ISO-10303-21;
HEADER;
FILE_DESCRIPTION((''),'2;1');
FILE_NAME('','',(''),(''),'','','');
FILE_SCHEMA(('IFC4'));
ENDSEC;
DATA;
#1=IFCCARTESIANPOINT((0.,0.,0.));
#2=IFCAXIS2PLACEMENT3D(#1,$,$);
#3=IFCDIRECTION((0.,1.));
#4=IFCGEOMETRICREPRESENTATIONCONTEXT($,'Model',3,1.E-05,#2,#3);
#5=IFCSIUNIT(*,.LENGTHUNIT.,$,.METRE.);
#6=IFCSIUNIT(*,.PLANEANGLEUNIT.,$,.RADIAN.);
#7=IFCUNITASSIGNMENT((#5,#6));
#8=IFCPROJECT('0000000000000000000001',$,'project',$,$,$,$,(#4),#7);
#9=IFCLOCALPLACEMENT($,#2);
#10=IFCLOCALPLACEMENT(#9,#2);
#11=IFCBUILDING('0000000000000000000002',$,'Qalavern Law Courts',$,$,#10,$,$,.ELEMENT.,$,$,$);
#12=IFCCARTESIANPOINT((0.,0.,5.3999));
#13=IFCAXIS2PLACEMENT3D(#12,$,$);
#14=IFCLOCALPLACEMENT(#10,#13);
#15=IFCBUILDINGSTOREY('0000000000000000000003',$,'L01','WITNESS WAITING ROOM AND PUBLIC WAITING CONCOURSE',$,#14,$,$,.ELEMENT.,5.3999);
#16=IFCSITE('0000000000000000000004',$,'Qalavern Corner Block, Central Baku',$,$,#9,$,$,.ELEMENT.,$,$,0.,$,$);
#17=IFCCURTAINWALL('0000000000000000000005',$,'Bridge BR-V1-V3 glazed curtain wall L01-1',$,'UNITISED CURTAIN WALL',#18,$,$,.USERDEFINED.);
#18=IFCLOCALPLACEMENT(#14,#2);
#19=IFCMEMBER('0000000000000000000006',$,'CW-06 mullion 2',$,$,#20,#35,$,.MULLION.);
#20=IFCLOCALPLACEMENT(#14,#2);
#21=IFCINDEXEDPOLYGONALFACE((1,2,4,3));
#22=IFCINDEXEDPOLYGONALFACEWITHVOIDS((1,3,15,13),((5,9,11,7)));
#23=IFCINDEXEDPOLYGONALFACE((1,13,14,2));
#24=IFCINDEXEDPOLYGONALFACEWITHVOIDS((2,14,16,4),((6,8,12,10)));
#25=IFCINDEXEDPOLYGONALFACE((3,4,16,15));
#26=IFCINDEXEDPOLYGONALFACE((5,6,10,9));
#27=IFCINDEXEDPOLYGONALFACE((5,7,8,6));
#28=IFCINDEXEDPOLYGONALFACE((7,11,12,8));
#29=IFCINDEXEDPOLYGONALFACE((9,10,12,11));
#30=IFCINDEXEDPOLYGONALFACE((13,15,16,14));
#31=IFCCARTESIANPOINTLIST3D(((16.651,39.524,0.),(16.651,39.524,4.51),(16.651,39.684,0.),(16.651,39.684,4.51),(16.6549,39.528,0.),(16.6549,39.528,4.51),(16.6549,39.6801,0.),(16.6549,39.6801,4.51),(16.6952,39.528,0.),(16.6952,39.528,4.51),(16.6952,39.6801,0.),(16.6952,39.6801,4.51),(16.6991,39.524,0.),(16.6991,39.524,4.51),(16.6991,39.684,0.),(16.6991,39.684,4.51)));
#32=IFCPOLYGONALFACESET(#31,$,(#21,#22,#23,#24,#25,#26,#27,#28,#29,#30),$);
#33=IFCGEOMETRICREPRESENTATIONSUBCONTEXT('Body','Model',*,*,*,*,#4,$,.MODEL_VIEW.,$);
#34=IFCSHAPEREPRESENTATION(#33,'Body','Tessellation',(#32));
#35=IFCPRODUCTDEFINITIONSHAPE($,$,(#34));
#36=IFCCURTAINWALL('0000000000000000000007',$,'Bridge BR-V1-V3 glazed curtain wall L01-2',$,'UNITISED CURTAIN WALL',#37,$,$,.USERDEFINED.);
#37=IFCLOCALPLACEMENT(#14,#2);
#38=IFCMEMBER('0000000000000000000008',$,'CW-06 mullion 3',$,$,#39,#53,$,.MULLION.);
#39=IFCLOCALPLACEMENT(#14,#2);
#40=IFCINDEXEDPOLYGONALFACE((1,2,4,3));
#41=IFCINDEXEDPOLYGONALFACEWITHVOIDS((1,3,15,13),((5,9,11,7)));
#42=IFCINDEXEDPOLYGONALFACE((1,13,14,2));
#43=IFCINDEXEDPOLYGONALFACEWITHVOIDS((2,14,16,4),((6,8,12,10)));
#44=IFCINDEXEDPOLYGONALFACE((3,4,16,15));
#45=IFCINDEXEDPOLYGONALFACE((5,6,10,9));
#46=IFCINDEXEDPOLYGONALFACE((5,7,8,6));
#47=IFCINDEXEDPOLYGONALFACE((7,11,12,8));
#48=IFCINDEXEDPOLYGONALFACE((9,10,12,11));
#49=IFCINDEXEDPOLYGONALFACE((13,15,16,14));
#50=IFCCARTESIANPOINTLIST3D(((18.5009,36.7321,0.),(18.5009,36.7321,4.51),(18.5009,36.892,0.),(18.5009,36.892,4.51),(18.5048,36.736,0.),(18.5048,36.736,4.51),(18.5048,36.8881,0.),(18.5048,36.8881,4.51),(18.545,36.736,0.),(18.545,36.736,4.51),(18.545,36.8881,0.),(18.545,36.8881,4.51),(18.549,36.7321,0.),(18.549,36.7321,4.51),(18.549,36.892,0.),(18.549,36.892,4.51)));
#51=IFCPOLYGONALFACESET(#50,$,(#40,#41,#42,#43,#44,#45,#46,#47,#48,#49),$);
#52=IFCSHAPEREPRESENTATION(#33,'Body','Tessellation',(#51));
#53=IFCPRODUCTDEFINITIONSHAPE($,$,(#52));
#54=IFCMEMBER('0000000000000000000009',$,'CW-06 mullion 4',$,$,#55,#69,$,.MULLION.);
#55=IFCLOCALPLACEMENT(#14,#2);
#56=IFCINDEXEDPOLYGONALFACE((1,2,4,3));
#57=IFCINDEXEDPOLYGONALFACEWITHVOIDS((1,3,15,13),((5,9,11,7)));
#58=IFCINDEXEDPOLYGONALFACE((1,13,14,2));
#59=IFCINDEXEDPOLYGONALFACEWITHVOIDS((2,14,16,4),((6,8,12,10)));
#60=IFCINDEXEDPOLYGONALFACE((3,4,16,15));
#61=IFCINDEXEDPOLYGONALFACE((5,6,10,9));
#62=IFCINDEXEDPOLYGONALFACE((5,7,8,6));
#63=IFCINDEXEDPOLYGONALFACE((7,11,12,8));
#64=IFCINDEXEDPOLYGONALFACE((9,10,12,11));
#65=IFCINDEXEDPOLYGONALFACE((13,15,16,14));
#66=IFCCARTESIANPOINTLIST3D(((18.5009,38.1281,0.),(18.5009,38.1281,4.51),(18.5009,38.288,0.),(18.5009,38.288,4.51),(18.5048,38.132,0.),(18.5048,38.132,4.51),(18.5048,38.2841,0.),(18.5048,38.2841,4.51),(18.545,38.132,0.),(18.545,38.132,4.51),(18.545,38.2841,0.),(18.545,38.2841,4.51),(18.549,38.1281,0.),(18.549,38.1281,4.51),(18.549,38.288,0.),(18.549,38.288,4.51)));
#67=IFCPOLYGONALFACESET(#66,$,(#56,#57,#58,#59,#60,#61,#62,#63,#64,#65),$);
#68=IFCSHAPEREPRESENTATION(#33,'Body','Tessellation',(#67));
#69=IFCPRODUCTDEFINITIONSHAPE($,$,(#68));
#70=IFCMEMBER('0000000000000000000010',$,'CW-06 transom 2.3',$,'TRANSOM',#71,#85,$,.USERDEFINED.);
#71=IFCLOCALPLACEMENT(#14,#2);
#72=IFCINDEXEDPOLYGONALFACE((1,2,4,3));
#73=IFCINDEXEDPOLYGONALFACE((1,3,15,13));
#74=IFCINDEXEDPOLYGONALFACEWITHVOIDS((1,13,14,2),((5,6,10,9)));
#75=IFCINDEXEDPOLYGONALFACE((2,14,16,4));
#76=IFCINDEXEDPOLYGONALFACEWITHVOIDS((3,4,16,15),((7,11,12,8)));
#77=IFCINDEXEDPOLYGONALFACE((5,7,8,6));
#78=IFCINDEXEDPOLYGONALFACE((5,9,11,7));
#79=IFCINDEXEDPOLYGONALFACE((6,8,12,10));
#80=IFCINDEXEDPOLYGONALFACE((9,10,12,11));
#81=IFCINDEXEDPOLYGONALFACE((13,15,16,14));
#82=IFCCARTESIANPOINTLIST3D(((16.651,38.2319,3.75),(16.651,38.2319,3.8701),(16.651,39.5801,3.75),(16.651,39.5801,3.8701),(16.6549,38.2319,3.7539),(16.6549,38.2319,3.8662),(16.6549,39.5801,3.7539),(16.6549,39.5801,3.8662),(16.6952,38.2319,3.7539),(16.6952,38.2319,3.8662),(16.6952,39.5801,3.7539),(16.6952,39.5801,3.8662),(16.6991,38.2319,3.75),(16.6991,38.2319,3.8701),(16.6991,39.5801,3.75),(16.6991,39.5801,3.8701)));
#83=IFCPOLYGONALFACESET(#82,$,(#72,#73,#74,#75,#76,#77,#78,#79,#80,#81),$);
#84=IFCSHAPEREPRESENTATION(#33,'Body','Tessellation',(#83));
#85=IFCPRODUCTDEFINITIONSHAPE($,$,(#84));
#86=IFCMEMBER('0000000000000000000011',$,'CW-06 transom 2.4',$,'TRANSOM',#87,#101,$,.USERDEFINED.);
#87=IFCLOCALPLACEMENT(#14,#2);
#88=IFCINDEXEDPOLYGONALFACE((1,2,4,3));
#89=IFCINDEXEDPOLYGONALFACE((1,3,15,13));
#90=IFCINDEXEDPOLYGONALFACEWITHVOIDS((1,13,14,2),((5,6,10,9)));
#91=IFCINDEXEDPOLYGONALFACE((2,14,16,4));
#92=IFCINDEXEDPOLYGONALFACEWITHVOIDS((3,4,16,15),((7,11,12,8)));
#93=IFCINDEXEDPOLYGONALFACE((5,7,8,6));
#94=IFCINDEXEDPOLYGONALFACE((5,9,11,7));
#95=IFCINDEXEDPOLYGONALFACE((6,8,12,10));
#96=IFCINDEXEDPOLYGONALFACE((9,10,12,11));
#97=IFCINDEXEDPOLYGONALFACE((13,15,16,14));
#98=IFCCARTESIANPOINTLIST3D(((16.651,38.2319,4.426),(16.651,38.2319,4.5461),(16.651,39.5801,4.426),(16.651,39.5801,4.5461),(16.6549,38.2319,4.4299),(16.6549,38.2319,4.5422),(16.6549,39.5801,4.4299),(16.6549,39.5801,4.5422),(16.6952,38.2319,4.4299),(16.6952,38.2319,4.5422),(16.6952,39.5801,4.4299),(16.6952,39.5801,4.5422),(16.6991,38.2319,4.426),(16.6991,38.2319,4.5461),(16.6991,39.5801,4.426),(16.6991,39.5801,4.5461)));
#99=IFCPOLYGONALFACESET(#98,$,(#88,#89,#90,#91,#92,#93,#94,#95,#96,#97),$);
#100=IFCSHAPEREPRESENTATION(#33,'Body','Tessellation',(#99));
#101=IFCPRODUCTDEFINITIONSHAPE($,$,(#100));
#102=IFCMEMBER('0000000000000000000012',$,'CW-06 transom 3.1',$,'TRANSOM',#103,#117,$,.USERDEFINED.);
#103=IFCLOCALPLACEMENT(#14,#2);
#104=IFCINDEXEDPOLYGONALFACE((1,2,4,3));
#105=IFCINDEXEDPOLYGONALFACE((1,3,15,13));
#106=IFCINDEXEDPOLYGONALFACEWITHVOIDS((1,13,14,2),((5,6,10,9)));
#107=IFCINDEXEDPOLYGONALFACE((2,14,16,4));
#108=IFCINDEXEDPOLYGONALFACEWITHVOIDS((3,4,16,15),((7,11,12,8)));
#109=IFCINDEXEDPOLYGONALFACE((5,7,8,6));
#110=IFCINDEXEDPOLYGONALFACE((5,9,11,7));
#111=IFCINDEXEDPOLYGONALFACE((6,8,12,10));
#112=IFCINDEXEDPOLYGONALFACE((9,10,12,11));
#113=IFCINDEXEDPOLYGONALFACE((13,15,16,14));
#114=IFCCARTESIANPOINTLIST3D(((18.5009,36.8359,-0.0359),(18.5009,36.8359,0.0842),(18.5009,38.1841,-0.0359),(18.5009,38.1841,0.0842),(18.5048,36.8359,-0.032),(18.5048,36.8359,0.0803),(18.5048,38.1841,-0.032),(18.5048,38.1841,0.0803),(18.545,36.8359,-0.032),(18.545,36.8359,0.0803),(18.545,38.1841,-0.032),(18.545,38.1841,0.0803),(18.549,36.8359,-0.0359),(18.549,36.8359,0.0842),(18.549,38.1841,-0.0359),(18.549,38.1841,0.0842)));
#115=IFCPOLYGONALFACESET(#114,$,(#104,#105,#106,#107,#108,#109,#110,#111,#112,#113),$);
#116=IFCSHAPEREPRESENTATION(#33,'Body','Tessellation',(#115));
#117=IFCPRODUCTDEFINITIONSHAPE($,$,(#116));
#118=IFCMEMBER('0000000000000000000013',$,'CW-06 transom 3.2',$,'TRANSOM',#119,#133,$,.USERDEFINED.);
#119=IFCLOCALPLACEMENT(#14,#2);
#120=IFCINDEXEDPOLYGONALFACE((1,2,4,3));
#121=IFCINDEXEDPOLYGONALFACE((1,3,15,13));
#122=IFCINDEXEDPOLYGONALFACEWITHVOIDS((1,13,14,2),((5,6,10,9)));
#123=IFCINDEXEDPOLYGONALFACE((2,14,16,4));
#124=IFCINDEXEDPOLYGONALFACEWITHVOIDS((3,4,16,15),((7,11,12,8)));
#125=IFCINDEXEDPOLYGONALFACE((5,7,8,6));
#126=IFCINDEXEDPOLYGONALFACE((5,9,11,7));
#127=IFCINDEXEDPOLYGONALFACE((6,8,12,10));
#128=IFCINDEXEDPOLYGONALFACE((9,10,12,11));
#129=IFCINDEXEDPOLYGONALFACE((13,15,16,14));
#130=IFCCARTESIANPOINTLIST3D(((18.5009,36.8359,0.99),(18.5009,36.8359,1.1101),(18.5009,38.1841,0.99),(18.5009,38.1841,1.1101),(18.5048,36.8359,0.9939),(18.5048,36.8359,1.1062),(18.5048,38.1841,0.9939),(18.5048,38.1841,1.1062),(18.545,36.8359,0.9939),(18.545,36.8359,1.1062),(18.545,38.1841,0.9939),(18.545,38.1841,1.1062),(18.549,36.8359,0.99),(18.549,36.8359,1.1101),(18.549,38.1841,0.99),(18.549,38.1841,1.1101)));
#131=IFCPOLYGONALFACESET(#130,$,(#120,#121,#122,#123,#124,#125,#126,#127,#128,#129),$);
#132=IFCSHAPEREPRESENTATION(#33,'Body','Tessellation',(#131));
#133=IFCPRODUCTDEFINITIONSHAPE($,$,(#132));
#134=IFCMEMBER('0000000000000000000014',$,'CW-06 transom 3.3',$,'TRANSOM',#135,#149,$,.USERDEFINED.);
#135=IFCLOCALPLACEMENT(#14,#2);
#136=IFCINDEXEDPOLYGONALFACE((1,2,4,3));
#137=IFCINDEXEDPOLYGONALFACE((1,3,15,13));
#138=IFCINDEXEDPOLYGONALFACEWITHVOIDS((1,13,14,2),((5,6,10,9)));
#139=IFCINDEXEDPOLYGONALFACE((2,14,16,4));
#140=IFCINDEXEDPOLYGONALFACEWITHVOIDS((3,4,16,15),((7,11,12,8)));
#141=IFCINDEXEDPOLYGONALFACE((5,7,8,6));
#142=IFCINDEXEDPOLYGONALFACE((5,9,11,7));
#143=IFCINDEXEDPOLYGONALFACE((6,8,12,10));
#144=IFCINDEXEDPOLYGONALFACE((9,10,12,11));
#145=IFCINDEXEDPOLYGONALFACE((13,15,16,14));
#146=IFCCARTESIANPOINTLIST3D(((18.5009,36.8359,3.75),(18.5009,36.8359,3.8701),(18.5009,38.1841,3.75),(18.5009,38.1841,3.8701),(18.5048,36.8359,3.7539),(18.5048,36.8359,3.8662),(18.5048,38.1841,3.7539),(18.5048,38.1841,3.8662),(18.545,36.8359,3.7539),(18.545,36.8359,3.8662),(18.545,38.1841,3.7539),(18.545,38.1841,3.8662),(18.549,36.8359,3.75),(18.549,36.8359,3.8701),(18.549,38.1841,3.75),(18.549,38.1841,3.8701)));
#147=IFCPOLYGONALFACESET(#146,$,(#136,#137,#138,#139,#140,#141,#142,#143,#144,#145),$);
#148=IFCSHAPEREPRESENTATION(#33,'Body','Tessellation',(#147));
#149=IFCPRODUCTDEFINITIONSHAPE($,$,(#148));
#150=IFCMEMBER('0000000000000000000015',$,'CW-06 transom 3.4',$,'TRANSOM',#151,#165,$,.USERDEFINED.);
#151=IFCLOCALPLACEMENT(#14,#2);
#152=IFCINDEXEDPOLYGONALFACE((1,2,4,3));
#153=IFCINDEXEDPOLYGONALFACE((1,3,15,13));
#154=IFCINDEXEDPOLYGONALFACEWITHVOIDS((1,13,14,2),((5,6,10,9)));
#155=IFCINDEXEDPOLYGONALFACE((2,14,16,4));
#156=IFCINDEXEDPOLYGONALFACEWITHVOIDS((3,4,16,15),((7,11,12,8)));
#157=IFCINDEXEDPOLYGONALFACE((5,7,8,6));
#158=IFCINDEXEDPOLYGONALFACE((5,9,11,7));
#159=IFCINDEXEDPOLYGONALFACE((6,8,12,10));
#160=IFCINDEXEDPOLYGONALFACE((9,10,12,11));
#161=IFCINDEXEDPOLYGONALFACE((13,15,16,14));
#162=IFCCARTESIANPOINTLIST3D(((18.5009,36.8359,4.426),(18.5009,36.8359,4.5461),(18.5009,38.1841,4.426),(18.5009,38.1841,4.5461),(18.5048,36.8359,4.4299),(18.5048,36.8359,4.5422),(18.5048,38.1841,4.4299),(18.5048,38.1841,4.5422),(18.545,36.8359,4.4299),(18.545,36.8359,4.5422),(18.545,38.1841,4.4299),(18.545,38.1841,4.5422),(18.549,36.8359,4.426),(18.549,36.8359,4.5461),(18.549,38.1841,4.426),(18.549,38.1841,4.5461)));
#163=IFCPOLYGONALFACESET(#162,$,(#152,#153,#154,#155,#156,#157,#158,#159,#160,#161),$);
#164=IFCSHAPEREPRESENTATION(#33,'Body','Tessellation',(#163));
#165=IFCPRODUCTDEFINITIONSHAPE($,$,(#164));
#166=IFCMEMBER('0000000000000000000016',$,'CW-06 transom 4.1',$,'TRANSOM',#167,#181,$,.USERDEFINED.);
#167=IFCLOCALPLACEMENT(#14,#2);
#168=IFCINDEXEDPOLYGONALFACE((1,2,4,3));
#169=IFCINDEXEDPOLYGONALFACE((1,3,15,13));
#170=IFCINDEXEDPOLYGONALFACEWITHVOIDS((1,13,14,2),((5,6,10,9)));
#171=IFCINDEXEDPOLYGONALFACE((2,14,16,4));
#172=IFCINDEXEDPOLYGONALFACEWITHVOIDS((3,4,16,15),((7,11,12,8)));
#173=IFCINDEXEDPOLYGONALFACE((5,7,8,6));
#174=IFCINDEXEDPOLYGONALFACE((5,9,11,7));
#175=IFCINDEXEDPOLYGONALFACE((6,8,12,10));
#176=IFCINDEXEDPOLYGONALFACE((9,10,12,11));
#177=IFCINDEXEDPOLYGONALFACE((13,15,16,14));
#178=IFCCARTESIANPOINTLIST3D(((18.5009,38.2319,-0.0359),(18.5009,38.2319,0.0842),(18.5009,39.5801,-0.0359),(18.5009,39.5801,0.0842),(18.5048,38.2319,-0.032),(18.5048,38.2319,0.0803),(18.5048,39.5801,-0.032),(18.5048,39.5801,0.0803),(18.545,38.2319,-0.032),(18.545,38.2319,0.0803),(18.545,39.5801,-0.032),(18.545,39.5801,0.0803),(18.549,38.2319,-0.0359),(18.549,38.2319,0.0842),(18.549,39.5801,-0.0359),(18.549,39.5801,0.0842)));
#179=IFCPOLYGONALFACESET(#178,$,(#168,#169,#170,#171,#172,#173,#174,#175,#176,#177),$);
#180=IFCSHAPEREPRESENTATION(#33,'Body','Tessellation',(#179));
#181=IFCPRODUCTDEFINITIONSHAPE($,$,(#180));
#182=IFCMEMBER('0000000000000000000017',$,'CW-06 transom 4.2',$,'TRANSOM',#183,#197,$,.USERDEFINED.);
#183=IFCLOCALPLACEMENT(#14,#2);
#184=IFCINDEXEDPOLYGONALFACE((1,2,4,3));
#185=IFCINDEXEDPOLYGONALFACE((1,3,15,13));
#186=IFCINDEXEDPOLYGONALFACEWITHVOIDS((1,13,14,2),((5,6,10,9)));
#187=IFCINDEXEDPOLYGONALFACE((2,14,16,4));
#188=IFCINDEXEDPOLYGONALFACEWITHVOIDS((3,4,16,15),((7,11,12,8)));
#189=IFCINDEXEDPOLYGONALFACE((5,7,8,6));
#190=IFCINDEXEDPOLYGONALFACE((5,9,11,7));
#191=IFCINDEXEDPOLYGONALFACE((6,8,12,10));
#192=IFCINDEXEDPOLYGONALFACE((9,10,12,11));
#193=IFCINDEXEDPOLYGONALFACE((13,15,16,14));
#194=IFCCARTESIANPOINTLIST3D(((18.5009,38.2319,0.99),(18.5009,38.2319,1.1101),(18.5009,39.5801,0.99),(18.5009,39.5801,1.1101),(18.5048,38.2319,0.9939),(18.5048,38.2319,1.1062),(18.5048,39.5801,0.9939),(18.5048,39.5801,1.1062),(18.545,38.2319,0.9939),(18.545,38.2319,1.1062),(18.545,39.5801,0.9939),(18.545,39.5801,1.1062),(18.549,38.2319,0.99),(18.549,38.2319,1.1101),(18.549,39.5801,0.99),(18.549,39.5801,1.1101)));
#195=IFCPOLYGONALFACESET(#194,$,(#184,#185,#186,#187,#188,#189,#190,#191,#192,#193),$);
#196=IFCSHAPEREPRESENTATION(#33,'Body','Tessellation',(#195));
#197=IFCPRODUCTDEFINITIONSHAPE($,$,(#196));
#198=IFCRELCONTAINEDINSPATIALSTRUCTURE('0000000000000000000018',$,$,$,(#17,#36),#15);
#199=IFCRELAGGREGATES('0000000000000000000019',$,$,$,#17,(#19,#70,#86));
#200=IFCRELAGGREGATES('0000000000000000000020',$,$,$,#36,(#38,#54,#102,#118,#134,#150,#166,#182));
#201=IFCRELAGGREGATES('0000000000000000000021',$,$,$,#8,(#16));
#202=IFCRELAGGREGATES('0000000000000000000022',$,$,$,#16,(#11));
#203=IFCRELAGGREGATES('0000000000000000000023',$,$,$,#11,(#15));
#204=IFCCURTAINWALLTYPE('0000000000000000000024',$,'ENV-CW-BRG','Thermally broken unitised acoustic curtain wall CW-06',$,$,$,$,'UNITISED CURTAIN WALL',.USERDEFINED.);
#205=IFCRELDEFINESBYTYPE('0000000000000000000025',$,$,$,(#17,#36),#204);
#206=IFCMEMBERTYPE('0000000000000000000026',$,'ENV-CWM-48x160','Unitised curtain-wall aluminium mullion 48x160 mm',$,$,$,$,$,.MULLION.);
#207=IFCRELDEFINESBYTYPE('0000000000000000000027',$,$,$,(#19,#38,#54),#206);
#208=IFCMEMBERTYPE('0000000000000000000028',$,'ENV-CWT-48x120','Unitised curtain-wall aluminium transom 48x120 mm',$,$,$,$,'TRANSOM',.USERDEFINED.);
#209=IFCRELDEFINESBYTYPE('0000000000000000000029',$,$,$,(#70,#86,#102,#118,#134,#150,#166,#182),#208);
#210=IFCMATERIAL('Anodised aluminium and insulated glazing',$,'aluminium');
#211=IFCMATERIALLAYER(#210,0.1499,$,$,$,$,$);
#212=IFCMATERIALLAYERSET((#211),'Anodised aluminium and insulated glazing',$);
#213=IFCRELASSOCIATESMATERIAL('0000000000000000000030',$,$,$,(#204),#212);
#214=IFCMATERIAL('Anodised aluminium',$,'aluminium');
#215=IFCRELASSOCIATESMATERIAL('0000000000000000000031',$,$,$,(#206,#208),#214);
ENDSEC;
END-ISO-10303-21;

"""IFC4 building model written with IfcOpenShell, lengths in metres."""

from ifc_helpers import new_model, si_unit, direction, frame, origin, origin_2d, place, context, subcontext, project, spatial, hollow_rectangle, extrude, material, layer, layer_set, material_profile, profile_set, type_object, element, aggregate, save


model = new_model("IFC4")

# Units and contexts
model_context = context("Model", 3, precision=1e-05, world=origin(), true_north=direction((0.0, 1.0)))
body_context = subcontext(model_context, "Body", "Model", "MODEL_VIEW")
ifc_project = project(units=[si_unit("LENGTHUNIT", "METRE"), si_unit("PLANEANGLEUNIT", "RADIAN")], contexts=[model_context])

# Site, building, storey
site_placement = place(None, origin())
site = spatial("IfcSite", under=ifc_project, at=site_placement, Name="Qalavern Corner Block, Central Baku", CompositionType="ELEMENT", RefElevation=0.0)
building_placement = place(site_placement, origin())
building = spatial("IfcBuilding", under=site, at=building_placement, Name="Qalavern Law Courts", CompositionType="ELEMENT")
storey_placement = place(building_placement, frame((0.0, 0.0, 5.3999)))
storey = spatial("IfcBuildingStorey", under=building, at=storey_placement, Name="L01", Description="WITNESS WAITING ROOM AND PUBLIC WAITING CONCOURSE", CompositionType="ELEMENT", Elevation=5.3999)

# Curtain wall, member
ifc_material_1 = material(Name="Anodised aluminium and insulated glazing", Category="aluminium")
ifc_layer_1 = layer(ifc_material_1, 0.1499)
ifc_layer_set_1 = layer_set([ifc_layer_1], Name="Anodised aluminium and insulated glazing")
curtain_wall_type = type_object("IfcCurtainWallType", Name="ENV-CW-BRG", Description="Thermally broken unitised acoustic curtain wall CW-06", ElementType="UNITISED CURTAIN WALL", PredefinedType="USERDEFINED", material=ifc_layer_set_1)
curtain_wall_1_placement = place(storey_placement, origin())
curtain_wall_1 = element("IfcCurtainWall", 1, at=curtain_wall_1_placement, inside=storey, type_object=curtain_wall_type, Name="Bridge BR-V1-V3 glazed curtain wall L01-1", ObjectType="UNITISED CURTAIN WALL", PredefinedType="USERDEFINED")
ifc_material_2 = material(Name="Anodised aluminium", Category="aluminium")
ifc_material_profile_1 = material_profile(ifc_material_2, hollow_rectangle(XDim=0.0481, YDim=0.1599, WallThickness=0.0039, at=origin_2d()), Name="ALU MULLION 48x160")
ifc_profile_set_1 = profile_set([ifc_material_profile_1], Name="Anodised aluminium")
member_type_1 = type_object("IfcMemberType", Name="ENV-CWM-48x160", Description="Unitised curtain-wall aluminium mullion 48x160 mm", PredefinedType="MULLION", material=ifc_profile_set_1)
member_1_placement = place(storey_placement, frame((16.675, 39.604, 0.0), z_axis=(0.0, 0.0, 1.0), x_axis=(1.0, 0.0, 0.0)))
member_1 = element("IfcMember", 2, at=member_1_placement, type_object=member_type_1, Name="CW-06 mullion 2", PredefinedType="MULLION", context=body_context, shape_type="SweptSolid", body=[
    extrude(hollow_rectangle(XDim=0.0481, YDim=0.1599, WallThickness=0.0039, at=origin_2d()), origin(), (0.0, 0.0, 1.0), 4.51),
])

# Curtain wall, members
curtain_wall_2_placement = place(storey_placement, origin())
curtain_wall_2 = element("IfcCurtainWall", 3, at=curtain_wall_2_placement, inside=storey, type_object=curtain_wall_type, Name="Bridge BR-V1-V3 glazed curtain wall L01-2", ObjectType="UNITISED CURTAIN WALL", PredefinedType="USERDEFINED")
member_2_placement = place(storey_placement, frame((18.5249, 36.812, 0.0), z_axis=(0.0, 0.0, 1.0), x_axis=(-1.0, 0.0, 0.0)))
member_2 = element("IfcMember", 4, at=member_2_placement, type_object=member_type_1, Name="CW-06 mullion 3", PredefinedType="MULLION", context=body_context, shape_type="SweptSolid", body=[
    extrude(hollow_rectangle(XDim=0.0481, YDim=0.1599, WallThickness=0.0039, at=origin_2d()), origin(), (0.0, 0.0, 1.0), 4.51),
])
member_3_placement = place(storey_placement, frame((18.5249, 38.208, 0.0), z_axis=(0.0, 0.0, 1.0), x_axis=(-1.0, 0.0, 0.0)))
member_3 = element("IfcMember", 5, at=member_3_placement, type_object=member_type_1, Name="CW-06 mullion 4", PredefinedType="MULLION", context=body_context, shape_type="SweptSolid", body=[
    extrude(hollow_rectangle(XDim=0.0481, YDim=0.1599, WallThickness=0.0039, at=origin_2d()), origin(), (0.0, 0.0, 1.0), 4.51),
])

# Members
ifc_material_profile_2 = material_profile(ifc_material_2, hollow_rectangle(XDim=0.0481, YDim=0.1201, WallThickness=0.0039, at=origin_2d()), Name="ALU TRANSOM 48x120")
ifc_profile_set_2 = profile_set([ifc_material_profile_2], Name="Anodised aluminium")
member_type_2 = type_object("IfcMemberType", Name="ENV-CWT-48x120", Description="Unitised curtain-wall aluminium transom 48x120 mm", ElementType="TRANSOM", PredefinedType="USERDEFINED", material=ifc_profile_set_2)
member_4_placement = place(storey_placement, frame((16.675, 39.5801, 3.8101), z_axis=(0.0, -1.0, 0.0), x_axis=(1.0, 0.0, 0.0)))
member_4 = element("IfcMember", 6, at=member_4_placement, type_object=member_type_2, Name="CW-06 transom 2.3", ObjectType="TRANSOM", PredefinedType="USERDEFINED", context=body_context, shape_type="SweptSolid", body=[
    extrude(hollow_rectangle(XDim=0.0481, YDim=0.1201, WallThickness=0.0039, at=origin_2d()), origin(), (0.0, 0.0, 1.0), 1.3481),
])
member_5_placement = place(storey_placement, frame((16.675, 39.5801, 4.4861), z_axis=(0.0, -1.0, 0.0), x_axis=(1.0, 0.0, 0.0)))
member_5 = element("IfcMember", 7, at=member_5_placement, type_object=member_type_2, Name="CW-06 transom 2.4", ObjectType="TRANSOM", PredefinedType="USERDEFINED", context=body_context, shape_type="SweptSolid", body=[
    extrude(hollow_rectangle(XDim=0.0481, YDim=0.1201, WallThickness=0.0039, at=origin_2d()), origin(), (0.0, 0.0, 1.0), 1.3481),
])
member_6_placement = place(storey_placement, frame((18.5249, 36.8359, 0.0242), z_axis=(0.0, 1.0, 0.0), x_axis=(-1.0, 0.0, 0.0)))
member_6 = element("IfcMember", 8, at=member_6_placement, type_object=member_type_2, Name="CW-06 transom 3.1", ObjectType="TRANSOM", PredefinedType="USERDEFINED", context=body_context, shape_type="SweptSolid", body=[
    extrude(hollow_rectangle(XDim=0.0481, YDim=0.1201, WallThickness=0.0039, at=origin_2d()), origin(), (0.0, 0.0, 1.0), 1.3481),
])
member_7_placement = place(storey_placement, frame((18.5249, 36.8359, 1.05), z_axis=(0.0, 1.0, 0.0), x_axis=(-1.0, 0.0, 0.0)))
member_7 = element("IfcMember", 9, at=member_7_placement, type_object=member_type_2, Name="CW-06 transom 3.2", ObjectType="TRANSOM", PredefinedType="USERDEFINED", context=body_context, shape_type="SweptSolid", body=[
    extrude(hollow_rectangle(XDim=0.0481, YDim=0.1201, WallThickness=0.0039, at=origin_2d()), origin(), (0.0, 0.0, 1.0), 1.3481),
])
member_8_placement = place(storey_placement, frame((18.5249, 36.8359, 3.8101), z_axis=(0.0, 1.0, 0.0), x_axis=(-1.0, 0.0, 0.0)))
member_8 = element("IfcMember", 10, at=member_8_placement, type_object=member_type_2, Name="CW-06 transom 3.3", ObjectType="TRANSOM", PredefinedType="USERDEFINED", context=body_context, shape_type="SweptSolid", body=[
    extrude(hollow_rectangle(XDim=0.0481, YDim=0.1201, WallThickness=0.0039, at=origin_2d()), origin(), (0.0, 0.0, 1.0), 1.3481),
])
member_9_placement = place(storey_placement, frame((18.5249, 36.8359, 4.4861), z_axis=(0.0, 1.0, 0.0), x_axis=(-1.0, 0.0, 0.0)))
member_9 = element("IfcMember", 11, at=member_9_placement, type_object=member_type_2, Name="CW-06 transom 3.4", ObjectType="TRANSOM", PredefinedType="USERDEFINED", context=body_context, shape_type="SweptSolid", body=[
    extrude(hollow_rectangle(XDim=0.0481, YDim=0.1201, WallThickness=0.0039, at=origin_2d()), origin(), (0.0, 0.0, 1.0), 1.3481),
])
member_10_placement = place(storey_placement, frame((18.5249, 38.2319, 0.0242), z_axis=(0.0, 1.0, 0.0), x_axis=(-1.0, 0.0, 0.0)))
member_10 = element("IfcMember", 12, at=member_10_placement, type_object=member_type_2, Name="CW-06 transom 4.1", ObjectType="TRANSOM", PredefinedType="USERDEFINED", context=body_context, shape_type="SweptSolid", body=[
    extrude(hollow_rectangle(XDim=0.0481, YDim=0.1201, WallThickness=0.0039, at=origin_2d()), origin(), (0.0, 0.0, 1.0), 1.3481),
])
member_11_placement = place(storey_placement, frame((18.5249, 38.2319, 1.05), z_axis=(0.0, 1.0, 0.0), x_axis=(-1.0, 0.0, 0.0)))
member_11 = element("IfcMember", 13, at=member_11_placement, type_object=member_type_2, Name="CW-06 transom 4.2", ObjectType="TRANSOM", PredefinedType="USERDEFINED", context=body_context, shape_type="SweptSolid", body=[
    extrude(hollow_rectangle(XDim=0.0481, YDim=0.1201, WallThickness=0.0039, at=origin_2d()), origin(), (0.0, 0.0, 1.0), 1.3481),
])

aggregate(curtain_wall_1, [member_1, member_4, member_5])
aggregate(curtain_wall_2, [member_2, member_3, member_6, member_7, member_8, member_9, member_10, member_11])

save(model, "model.ifc")
